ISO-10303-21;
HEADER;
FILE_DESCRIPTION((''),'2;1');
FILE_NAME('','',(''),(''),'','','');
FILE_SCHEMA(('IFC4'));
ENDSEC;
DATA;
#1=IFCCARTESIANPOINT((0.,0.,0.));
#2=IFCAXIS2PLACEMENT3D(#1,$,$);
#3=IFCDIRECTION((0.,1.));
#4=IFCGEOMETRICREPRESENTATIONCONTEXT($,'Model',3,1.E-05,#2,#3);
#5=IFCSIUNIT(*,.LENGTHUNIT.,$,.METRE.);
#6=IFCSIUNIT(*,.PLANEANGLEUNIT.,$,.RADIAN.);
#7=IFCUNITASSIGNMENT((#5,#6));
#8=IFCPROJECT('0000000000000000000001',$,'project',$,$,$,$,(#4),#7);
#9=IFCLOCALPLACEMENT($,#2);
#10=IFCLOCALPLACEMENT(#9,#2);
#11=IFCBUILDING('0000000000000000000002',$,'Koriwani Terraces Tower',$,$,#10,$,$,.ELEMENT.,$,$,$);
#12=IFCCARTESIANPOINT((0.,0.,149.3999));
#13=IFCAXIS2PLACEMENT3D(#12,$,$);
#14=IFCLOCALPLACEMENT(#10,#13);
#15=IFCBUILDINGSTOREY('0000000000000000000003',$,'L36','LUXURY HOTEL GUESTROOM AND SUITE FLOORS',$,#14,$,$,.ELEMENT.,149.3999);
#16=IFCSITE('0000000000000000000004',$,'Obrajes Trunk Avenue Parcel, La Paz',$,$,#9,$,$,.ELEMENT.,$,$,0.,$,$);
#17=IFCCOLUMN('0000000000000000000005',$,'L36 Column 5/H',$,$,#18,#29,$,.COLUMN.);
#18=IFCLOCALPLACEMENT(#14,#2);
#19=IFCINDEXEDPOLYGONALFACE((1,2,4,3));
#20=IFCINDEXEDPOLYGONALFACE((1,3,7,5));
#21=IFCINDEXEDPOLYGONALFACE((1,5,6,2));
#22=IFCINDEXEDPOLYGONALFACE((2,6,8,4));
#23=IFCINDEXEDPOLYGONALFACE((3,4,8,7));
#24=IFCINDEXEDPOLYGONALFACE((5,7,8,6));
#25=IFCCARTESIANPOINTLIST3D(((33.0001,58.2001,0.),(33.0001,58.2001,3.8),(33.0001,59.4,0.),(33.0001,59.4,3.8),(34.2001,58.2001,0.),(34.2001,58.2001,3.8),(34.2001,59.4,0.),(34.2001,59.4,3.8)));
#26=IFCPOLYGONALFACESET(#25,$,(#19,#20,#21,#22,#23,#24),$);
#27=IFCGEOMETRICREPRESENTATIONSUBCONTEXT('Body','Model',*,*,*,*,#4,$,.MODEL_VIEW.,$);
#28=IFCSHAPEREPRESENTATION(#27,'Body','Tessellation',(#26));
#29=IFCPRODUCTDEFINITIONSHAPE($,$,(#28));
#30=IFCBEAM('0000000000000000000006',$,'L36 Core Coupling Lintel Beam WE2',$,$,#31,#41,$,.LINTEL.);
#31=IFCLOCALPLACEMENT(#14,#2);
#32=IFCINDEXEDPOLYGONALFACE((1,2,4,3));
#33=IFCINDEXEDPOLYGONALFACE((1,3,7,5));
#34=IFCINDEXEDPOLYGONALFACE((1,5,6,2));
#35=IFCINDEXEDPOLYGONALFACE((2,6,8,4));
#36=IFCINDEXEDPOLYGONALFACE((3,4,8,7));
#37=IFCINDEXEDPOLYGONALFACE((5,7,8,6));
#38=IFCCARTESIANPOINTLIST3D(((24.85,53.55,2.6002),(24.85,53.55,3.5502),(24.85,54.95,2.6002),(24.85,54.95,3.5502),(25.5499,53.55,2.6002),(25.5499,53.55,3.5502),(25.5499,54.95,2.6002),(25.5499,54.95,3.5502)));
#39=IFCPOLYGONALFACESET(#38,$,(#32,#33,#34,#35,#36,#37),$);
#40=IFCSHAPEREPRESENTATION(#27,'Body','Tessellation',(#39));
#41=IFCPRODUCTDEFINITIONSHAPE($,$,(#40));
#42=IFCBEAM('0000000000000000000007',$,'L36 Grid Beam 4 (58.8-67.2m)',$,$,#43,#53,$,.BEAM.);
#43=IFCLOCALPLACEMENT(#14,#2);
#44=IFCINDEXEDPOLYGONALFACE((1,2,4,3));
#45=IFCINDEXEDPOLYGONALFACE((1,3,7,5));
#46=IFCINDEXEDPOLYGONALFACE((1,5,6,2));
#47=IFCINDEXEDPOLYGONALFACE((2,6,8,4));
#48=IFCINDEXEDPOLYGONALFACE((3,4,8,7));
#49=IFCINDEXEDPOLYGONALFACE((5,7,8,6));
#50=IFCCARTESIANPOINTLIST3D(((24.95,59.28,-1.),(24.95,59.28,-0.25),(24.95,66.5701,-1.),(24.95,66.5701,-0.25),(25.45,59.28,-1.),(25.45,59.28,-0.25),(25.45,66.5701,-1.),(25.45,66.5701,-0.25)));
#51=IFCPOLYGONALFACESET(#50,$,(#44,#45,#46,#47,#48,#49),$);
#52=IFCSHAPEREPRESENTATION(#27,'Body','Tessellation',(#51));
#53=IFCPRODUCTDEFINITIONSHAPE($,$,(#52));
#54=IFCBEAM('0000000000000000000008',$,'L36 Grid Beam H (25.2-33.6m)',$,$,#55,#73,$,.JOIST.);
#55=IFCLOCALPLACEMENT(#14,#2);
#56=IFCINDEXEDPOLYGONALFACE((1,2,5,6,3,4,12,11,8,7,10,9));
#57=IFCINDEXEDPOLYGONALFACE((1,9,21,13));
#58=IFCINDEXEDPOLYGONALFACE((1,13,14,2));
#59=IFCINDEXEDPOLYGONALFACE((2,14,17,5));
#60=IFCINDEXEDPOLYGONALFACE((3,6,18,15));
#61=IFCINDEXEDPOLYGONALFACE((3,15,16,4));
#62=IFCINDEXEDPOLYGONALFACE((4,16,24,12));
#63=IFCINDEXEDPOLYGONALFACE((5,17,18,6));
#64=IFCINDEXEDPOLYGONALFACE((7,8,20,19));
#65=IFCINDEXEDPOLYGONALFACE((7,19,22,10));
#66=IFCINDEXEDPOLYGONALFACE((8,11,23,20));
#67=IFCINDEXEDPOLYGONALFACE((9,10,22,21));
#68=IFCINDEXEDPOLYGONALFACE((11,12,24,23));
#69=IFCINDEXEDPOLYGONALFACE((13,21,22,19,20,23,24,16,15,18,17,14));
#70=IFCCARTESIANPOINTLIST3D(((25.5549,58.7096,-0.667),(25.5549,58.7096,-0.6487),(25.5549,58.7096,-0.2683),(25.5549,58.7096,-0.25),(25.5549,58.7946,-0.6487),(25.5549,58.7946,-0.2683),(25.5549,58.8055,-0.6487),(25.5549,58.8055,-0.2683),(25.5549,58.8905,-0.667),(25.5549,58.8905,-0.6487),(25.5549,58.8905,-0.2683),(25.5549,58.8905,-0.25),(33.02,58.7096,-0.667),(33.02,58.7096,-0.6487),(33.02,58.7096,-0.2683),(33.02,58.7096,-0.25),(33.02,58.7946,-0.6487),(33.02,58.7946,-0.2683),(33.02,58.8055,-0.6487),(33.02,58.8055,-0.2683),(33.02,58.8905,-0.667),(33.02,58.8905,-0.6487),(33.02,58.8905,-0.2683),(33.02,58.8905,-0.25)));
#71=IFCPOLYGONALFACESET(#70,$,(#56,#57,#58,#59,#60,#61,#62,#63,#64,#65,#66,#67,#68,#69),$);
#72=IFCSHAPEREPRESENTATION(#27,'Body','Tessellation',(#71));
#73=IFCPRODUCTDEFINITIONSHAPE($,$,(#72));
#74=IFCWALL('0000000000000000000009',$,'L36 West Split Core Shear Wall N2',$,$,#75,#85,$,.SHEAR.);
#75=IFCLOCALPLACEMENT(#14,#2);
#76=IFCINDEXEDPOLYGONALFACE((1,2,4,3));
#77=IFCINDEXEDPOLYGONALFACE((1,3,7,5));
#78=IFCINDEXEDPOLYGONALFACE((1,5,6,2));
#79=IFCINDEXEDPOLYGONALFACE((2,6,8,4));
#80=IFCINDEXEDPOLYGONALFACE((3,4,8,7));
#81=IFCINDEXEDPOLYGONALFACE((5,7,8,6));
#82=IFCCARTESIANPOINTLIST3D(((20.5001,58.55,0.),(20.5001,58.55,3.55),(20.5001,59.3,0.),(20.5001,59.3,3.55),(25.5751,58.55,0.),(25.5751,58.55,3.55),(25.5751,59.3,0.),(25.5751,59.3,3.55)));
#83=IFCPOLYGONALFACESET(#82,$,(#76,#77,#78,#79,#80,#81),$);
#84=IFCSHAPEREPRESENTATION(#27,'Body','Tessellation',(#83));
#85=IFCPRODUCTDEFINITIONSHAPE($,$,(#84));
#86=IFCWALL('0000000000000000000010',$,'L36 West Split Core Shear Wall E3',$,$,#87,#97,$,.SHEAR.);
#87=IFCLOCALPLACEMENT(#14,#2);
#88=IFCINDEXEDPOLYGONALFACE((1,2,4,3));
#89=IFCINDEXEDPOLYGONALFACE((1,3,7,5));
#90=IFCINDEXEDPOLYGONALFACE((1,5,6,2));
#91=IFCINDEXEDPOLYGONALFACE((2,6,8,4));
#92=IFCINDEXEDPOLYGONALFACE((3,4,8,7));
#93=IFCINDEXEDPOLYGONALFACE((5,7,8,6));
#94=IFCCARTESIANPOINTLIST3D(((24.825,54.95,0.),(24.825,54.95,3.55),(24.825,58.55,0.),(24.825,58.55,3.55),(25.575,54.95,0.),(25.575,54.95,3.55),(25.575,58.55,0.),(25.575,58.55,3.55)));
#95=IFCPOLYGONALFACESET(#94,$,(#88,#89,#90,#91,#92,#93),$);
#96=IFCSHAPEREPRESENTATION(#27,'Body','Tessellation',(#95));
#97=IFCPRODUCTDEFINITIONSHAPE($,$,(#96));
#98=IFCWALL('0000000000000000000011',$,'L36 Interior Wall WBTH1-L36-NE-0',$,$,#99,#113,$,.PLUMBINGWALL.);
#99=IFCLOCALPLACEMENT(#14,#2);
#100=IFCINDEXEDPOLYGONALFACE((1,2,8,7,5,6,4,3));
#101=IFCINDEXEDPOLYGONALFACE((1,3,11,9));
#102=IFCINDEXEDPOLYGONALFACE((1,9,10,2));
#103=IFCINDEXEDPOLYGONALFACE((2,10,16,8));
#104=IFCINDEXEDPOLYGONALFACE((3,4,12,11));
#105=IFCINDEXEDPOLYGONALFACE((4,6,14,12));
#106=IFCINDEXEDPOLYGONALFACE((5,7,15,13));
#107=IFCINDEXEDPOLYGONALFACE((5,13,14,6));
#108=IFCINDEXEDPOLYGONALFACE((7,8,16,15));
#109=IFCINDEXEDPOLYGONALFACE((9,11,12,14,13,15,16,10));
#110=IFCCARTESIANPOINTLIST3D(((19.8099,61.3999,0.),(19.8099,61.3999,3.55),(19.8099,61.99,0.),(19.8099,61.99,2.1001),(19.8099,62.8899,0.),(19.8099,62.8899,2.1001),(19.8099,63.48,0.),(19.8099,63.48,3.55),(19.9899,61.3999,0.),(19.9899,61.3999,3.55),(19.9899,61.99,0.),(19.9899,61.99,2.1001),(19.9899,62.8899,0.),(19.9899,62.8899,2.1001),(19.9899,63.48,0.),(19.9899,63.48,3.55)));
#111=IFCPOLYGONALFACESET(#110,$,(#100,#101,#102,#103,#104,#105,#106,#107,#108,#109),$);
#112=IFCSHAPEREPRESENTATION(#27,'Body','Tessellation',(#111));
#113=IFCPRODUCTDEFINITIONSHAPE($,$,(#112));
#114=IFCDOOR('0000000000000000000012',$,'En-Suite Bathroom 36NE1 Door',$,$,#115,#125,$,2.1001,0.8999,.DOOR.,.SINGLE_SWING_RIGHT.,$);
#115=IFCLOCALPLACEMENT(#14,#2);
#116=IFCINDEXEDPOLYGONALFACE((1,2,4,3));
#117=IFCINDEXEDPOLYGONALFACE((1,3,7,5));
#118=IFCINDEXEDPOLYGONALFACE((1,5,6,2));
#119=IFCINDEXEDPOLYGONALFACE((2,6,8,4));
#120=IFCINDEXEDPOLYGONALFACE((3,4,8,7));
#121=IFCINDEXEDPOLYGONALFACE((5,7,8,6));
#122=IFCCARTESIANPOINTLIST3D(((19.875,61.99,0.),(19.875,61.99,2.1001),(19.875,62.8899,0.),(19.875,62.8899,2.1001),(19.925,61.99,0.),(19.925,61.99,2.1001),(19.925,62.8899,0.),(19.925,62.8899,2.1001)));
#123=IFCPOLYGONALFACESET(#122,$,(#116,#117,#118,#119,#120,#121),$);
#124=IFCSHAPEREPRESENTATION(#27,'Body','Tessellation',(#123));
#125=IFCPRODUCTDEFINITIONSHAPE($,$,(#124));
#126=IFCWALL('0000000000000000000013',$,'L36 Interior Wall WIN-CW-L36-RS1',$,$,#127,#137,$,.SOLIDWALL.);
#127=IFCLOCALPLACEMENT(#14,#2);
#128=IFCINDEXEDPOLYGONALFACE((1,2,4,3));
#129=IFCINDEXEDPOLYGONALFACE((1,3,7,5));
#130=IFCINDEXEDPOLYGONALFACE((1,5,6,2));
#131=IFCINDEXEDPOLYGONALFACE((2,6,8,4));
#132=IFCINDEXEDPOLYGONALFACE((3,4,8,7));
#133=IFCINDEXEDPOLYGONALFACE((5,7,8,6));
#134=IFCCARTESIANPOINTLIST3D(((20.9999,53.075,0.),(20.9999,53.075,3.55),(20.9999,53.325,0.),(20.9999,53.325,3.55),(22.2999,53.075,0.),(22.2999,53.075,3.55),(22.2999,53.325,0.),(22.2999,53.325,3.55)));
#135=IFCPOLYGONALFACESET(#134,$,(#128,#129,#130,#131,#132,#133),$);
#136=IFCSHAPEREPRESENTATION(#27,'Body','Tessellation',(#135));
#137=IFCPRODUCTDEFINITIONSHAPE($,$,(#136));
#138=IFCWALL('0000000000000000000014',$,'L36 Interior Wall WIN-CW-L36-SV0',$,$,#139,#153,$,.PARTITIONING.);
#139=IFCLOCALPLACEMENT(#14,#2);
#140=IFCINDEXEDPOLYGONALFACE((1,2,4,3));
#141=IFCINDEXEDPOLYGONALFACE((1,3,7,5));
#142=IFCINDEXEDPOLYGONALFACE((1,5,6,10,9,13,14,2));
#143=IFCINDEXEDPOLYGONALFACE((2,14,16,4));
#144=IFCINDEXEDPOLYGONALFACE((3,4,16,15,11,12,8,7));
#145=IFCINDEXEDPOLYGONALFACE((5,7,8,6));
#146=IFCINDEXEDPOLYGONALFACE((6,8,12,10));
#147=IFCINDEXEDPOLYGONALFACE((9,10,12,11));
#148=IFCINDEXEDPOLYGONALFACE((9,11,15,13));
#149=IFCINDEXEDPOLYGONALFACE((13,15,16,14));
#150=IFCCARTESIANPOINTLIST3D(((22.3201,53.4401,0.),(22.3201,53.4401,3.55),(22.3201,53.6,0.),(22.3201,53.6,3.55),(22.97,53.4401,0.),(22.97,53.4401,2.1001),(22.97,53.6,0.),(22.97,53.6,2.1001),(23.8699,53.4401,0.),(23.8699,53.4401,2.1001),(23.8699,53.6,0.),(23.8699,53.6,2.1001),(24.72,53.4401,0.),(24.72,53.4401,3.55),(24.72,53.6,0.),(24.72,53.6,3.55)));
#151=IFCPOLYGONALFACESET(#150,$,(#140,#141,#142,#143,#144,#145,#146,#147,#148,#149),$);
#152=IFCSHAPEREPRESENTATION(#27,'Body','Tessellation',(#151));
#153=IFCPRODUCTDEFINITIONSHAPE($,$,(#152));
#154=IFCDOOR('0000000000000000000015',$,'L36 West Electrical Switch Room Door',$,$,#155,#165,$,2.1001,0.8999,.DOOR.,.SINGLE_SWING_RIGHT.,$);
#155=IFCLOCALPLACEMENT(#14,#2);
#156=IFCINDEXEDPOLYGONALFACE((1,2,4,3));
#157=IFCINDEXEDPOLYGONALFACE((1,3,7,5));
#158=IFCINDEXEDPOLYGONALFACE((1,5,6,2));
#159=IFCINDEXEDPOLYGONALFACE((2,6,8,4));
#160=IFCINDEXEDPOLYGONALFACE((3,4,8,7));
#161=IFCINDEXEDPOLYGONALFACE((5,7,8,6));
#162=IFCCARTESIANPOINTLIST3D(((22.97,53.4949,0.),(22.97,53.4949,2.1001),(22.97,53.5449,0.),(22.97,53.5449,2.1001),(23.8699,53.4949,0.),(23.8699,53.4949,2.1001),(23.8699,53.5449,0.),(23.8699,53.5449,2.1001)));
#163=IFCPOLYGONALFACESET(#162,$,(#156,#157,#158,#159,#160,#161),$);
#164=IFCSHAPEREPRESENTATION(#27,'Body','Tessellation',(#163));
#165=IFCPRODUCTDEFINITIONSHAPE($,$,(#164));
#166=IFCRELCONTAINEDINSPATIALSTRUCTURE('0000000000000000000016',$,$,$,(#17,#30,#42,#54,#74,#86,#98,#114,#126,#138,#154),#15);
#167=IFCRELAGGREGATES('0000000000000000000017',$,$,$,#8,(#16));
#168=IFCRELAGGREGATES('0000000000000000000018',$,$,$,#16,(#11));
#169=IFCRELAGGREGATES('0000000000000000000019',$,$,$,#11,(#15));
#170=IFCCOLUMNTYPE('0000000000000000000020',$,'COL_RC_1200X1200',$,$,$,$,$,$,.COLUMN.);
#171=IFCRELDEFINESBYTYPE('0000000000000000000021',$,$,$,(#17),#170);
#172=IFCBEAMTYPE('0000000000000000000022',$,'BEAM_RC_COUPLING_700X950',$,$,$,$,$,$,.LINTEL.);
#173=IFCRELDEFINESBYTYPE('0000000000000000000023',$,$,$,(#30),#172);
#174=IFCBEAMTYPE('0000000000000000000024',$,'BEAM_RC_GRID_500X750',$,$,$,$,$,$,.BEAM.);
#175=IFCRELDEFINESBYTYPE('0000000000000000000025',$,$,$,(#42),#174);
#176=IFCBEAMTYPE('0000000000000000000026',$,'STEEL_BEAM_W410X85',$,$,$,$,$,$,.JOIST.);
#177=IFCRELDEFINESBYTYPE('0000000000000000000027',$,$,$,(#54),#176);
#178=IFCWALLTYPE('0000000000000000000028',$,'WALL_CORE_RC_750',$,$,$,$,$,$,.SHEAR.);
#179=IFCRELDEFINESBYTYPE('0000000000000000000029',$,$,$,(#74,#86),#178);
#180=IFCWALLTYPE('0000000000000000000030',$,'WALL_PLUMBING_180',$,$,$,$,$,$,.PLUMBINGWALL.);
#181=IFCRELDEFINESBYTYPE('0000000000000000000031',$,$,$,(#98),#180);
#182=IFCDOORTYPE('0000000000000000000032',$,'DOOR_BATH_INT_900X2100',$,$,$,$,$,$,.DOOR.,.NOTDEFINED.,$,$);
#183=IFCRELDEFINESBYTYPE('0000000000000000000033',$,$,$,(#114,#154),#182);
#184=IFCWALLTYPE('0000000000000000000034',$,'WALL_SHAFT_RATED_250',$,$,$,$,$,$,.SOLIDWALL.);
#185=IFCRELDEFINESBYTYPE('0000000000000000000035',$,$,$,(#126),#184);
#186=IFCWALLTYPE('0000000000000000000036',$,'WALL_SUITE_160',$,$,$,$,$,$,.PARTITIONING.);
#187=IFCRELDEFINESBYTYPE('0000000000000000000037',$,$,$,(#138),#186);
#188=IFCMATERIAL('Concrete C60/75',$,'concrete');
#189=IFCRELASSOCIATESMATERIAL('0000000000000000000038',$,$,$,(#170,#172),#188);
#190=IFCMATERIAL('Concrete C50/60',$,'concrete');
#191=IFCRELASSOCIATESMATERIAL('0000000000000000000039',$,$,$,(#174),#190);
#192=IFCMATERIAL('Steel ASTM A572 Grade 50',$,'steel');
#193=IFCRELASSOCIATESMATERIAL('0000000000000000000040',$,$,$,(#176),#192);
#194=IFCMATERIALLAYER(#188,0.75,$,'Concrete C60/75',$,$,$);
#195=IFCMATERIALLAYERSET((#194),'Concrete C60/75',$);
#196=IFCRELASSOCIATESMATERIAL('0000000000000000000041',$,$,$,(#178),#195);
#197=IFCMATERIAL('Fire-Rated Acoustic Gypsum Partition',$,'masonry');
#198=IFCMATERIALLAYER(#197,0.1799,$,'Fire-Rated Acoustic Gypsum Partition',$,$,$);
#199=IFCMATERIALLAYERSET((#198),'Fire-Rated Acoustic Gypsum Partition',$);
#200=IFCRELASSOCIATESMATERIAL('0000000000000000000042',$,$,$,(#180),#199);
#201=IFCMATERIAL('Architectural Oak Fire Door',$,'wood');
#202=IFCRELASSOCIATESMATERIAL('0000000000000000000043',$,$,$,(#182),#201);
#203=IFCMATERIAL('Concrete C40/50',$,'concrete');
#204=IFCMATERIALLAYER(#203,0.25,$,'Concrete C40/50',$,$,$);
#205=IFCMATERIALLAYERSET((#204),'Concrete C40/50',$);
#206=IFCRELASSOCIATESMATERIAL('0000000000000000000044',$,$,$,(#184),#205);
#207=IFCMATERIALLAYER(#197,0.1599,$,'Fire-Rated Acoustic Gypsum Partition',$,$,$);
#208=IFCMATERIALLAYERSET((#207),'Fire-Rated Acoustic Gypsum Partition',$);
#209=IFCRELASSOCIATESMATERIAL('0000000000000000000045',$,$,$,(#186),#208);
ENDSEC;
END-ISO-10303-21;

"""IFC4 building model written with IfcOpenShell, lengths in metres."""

from ifc_helpers import new_model, si_unit, direction, frame, frame_2d, origin, origin_2d, place, context, subcontext, project, spatial, rectangle, i_section, extrude, material, layer, layer_set, material_profile, profile_set, type_object, element, fill, save


model = new_model("IFC4")

# Units and contexts
model_context = context("Model", 3, precision=1e-05, world=origin(), true_north=direction((0.0, 1.0)))
body_context = subcontext(model_context, "Body", "Model", "MODEL_VIEW")
ifc_project = project(units=[si_unit("LENGTHUNIT", "METRE"), si_unit("PLANEANGLEUNIT", "RADIAN")], contexts=[model_context])

# Site, building, storey
site_placement = place(None, origin())
site = spatial("IfcSite", under=ifc_project, at=site_placement, Name="Obrajes Trunk Avenue Parcel, La Paz", CompositionType="ELEMENT", RefElevation=0.0)
building_placement = place(site_placement, origin())
building = spatial("IfcBuilding", under=site, at=building_placement, Name="Koriwani Terraces Tower", CompositionType="ELEMENT")
storey_placement = place(building_placement, frame((0.0, 0.0, 149.3999)))
storey = spatial("IfcBuildingStorey", under=building, at=storey_placement, Name="L36", Description="LUXURY HOTEL GUESTROOM AND SUITE FLOORS", CompositionType="ELEMENT", Elevation=149.3999)

# Column
ifc_material_1 = material(Name="Concrete C60/75", Category="concrete")
ifc_material_profile_1 = material_profile(ifc_material_1, rectangle(XDim=1.2, YDim=1.2, at=origin_2d()), Name="Concrete C60/75", Category="LoadBearing")
ifc_profile_set_1 = profile_set([ifc_material_profile_1], Name="Concrete C60/75")
column_type = type_object("IfcColumnType", Name="COL_RC_1200X1200", PredefinedType="COLUMN", material=ifc_profile_set_1)
column_placement = place(storey_placement, frame((33.6001, 58.8, 0.0), z_axis=(0.0, 0.0, 1.0), x_axis=(1.0, 0.0, 0.0)))
element("IfcColumn", 1, at=column_placement, inside=storey, type_object=column_type, Name="L36 Column 5/H", PredefinedType="COLUMN", context=body_context, shape_type="SweptSolid", body=[
    extrude(rectangle(XDim=1.2, YDim=1.2, at=origin_2d()), origin(), (0.0, 0.0, 1.0), 3.8),
])

# Beams
ifc_material_profile_2 = material_profile(ifc_material_1, rectangle(XDim=0.7, YDim=0.95, at=origin_2d()), Name="Concrete C60/75", Category="LoadBearing")
ifc_profile_set_2 = profile_set([ifc_material_profile_2], Name="Concrete C60/75")
beam_type_1 = type_object("IfcBeamType", Name="BEAM_RC_COUPLING_700X950", PredefinedType="LINTEL", material=ifc_profile_set_2)
beam_1_placement = place(storey_placement, frame((25.2, 53.55, 3.0752), z_axis=(0.0, 1.0, 0.0), x_axis=(-1.0, 0.0, 0.0)))
element("IfcBeam", 2, at=beam_1_placement, inside=storey, type_object=beam_type_1, Name="L36 Core Coupling Lintel Beam WE2", PredefinedType="LINTEL", context=body_context, shape_type="SweptSolid", body=[
    extrude(rectangle(XDim=0.7, YDim=0.95, at=origin_2d()), origin(), (0.0, 0.0, 1.0), 1.3999),
])
ifc_material_2 = material(Name="Concrete C50/60", Category="concrete")
ifc_material_profile_3 = material_profile(ifc_material_2, rectangle(XDim=0.5, YDim=0.75, at=origin_2d()), Name="Concrete C50/60", Category="LoadBearing")
ifc_profile_set_3 = profile_set([ifc_material_profile_3], Name="Concrete C50/60")
beam_type_2 = type_object("IfcBeamType", Name="BEAM_RC_GRID_500X750", PredefinedType="BEAM", material=ifc_profile_set_3)
beam_2_placement = place(storey_placement, frame((25.2, 59.28, -0.625), z_axis=(0.0, 1.0, 0.0), x_axis=(-1.0, 0.0, 0.0)))
element("IfcBeam", 3, at=beam_2_placement, inside=storey, type_object=beam_type_2, Name="L36 Grid Beam 4 (58.8-67.2m)", PredefinedType="BEAM", context=body_context, shape_type="SweptSolid", body=[
    extrude(rectangle(XDim=0.5, YDim=0.75, at=origin_2d()), origin(), (0.0, 0.0, 1.0), 7.29),
])
ifc_material_3 = material(Name="Steel ASTM A572 Grade 50", Category="steel")
ifc_material_profile_4 = material_profile(ifc_material_3, i_section(OverallWidth=0.1809, OverallDepth=0.417, WebThickness=0.011, FlangeThickness=0.0183, at=origin_2d()), Name="Steel ASTM A572 Grade 50", Category="LoadBearing")
ifc_profile_set_4 = profile_set([ifc_material_profile_4], Name="Steel ASTM A572 Grade 50")
beam_type_3 = type_object("IfcBeamType", Name="STEEL_BEAM_W410X85", PredefinedType="JOIST", material=ifc_profile_set_4)
beam_3_placement = place(storey_placement, frame((25.5549, 58.8, -0.4585), z_axis=(1.0, 0.0, 0.0), x_axis=(0.0, 1.0, 0.0)))
element("IfcBeam", 4, at=beam_3_placement, inside=storey, type_object=beam_type_3, Name="L36 Grid Beam H (25.2-33.6m)", PredefinedType="JOIST", context=body_context, shape_type="SweptSolid", body=[
    extrude(i_section(OverallWidth=0.1809, OverallDepth=0.417, WebThickness=0.011, FlangeThickness=0.0183, at=origin_2d()), origin(), (0.0, 0.0, 1.0), 7.4651),
])

# Walls
ifc_layer_1 = layer(ifc_material_1, 0.75, Name="Concrete C60/75")
ifc_layer_set_1 = layer_set([ifc_layer_1], Name="Concrete C60/75")
wall_type_1 = type_object("IfcWallType", Name="WALL_CORE_RC_750", PredefinedType="SHEAR", material=ifc_layer_set_1)
wall_1_placement = place(storey_placement, frame((20.5, 58.925, 0.0), z_axis=(0.0, 0.0, 1.0), x_axis=(1.0, 0.0, 0.0)))
element("IfcWall", 5, at=wall_1_placement, inside=storey, type_object=wall_type_1, Name="L36 West Split Core Shear Wall N2", PredefinedType="SHEAR", context=body_context, shape_type="SweptSolid", body=[
    extrude(rectangle(XDim=5.075, YDim=0.75, at=frame_2d((2.5376, 0.0))), origin(), (0.0, 0.0, 1.0), 3.55),
])
wall_2_placement = place(storey_placement, frame((25.2, 54.95, 0.0), z_axis=(0.0, 0.0, 1.0), x_axis=(0.0, 1.0, 0.0)))
element("IfcWall", 6, at=wall_2_placement, inside=storey, type_object=wall_type_1, Name="L36 West Split Core Shear Wall E3", PredefinedType="SHEAR", context=body_context, shape_type="SweptSolid", body=[
    extrude(rectangle(XDim=3.6001, YDim=0.75, at=frame_2d((1.8, 0.0))), origin(), (0.0, 0.0, 1.0), 3.55),
])

# Shared definitions
ifc_material_4 = material(Name="Architectural Oak Fire Door", Category="wood")

# Wall, opening, door
ifc_material_5 = material(Name="Fire-Rated Acoustic Gypsum Partition", Category="masonry")
ifc_layer_2 = layer(ifc_material_5, 0.1799, Name="Fire-Rated Acoustic Gypsum Partition")
ifc_layer_set_2 = layer_set([ifc_layer_2], Name="Fire-Rated Acoustic Gypsum Partition")
wall_type_2 = type_object("IfcWallType", Name="WALL_PLUMBING_180", PredefinedType="PLUMBINGWALL", material=ifc_layer_set_2)
wall_3_placement = place(storey_placement, frame((19.8999, 61.3999, 0.0), z_axis=(0.0, 0.0, 1.0), x_axis=(0.0, 1.0, 0.0)))
wall_3 = element("IfcWall", 7, at=wall_3_placement, inside=storey, type_object=wall_type_2, Name="L36 Interior Wall WBTH1-L36-NE-0", PredefinedType="PLUMBINGWALL", context=body_context, shape_type="SweptSolid", body=[
    extrude(rectangle(XDim=2.0801, YDim=0.1799, at=frame_2d((1.04, 0.0))), origin(), (0.0, 0.0, 1.0), 3.55),
])
opening_1_placement = place(wall_3_placement, frame((0.5901, 0.0, 0.0)))
opening_1 = element("IfcOpeningElement", 8, at=opening_1_placement, cuts=wall_3, PredefinedType="OPENING", context=body_context, shape_type="SweptSolid", body=[
    extrude(rectangle(XDim=0.8999, YDim=2.1001, at=frame_2d((0.45, 1.05))), frame((0.0, 0.1001, 0.0), z_axis=(0.0, -1.0, 0.0), x_axis=(1.0, 0.0, 0.0)), (0.0, 0.0, 1.0), 0.2),
])
door_type_1 = type_object("IfcDoorType", Name="DOOR_BATH_INT_900X2100", OperationType="NOTDEFINED", PredefinedType="DOOR", material=ifc_material_4)
door_1_placement = place(opening_1_placement, origin())
door_1 = element("IfcDoor", 9, at=door_1_placement, inside=storey, type_object=door_type_1, Name="En-Suite Bathroom 36NE1 Door", OperationType="SINGLE_SWING_RIGHT", OverallHeight=2.1001, OverallWidth=0.8999, PredefinedType="DOOR", context=body_context, shape_type="SweptSolid", body=[
    extrude(rectangle(XDim=0.8999, YDim=2.1001, at=frame_2d((0.45, 1.05))), frame((0.0, 0.0249, 0.0), z_axis=(0.0, -1.0, 0.0), x_axis=(1.0, 0.0, 0.0)), (0.0, 0.0, 1.0), 0.05),
])
fill(opening_1, door_1)
ifc_material_6 = material(Name="Concrete C40/50", Category="concrete")
ifc_layer_3 = layer(ifc_material_6, 0.25, Name="Concrete C40/50")
ifc_layer_set_3 = layer_set([ifc_layer_3], Name="Concrete C40/50")
wall_type_3 = type_object("IfcWallType", Name="WALL_SHAFT_RATED_250", PredefinedType="SOLIDWALL", material=ifc_layer_set_3)

# Wall
wall_4_placement = place(storey_placement, frame((21.0, 53.2, 0.0), z_axis=(0.0, 0.0, 1.0), x_axis=(1.0, 0.0, 0.0)))
element("IfcWall", 10, at=wall_4_placement, inside=storey, type_object=wall_type_3, Name="L36 Interior Wall WIN-CW-L36-RS1", PredefinedType="SOLIDWALL", context=body_context, shape_type="SweptSolid", body=[
    extrude(rectangle(XDim=1.3, YDim=0.25, at=frame_2d((0.6499, 0.0))), origin(), (0.0, 0.0, 1.0), 3.55),
])

# Wall, opening, door
ifc_layer_4 = layer(ifc_material_5, 0.1599, Name="Fire-Rated Acoustic Gypsum Partition")
ifc_layer_set_4 = layer_set([ifc_layer_4], Name="Fire-Rated Acoustic Gypsum Partition")
wall_type_4 = type_object("IfcWallType", Name="WALL_SUITE_160", PredefinedType="PARTITIONING", material=ifc_layer_set_4)
wall_5_placement = place(storey_placement, frame((22.3201, 53.52, 0.0), z_axis=(0.0, 0.0, 1.0), x_axis=(1.0, 0.0, 0.0)))
wall_5 = element("IfcWall", 11, at=wall_5_placement, inside=storey, type_object=wall_type_4, Name="L36 Interior Wall WIN-CW-L36-SV0", PredefinedType="PARTITIONING", context=body_context, shape_type="SweptSolid", body=[
    extrude(rectangle(XDim=2.3999, YDim=0.1599, at=frame_2d((1.2, 0.0))), origin(), (0.0, 0.0, 1.0), 3.55),
])
opening_2_placement = place(wall_5_placement, frame((0.6499, 0.0, 0.0)))
opening_2 = element("IfcOpeningElement", 12, at=opening_2_placement, cuts=wall_5, PredefinedType="OPENING", context=body_context, shape_type="SweptSolid", body=[
    extrude(rectangle(XDim=0.8999, YDim=2.1001, at=frame_2d((0.45, 1.05))), frame((0.0, 0.0898, 0.0), z_axis=(0.0, -1.0, 0.0), x_axis=(1.0, 0.0, 0.0)), (0.0, 0.0, 1.0), 0.1799),
])
door_2_placement = place(opening_2_placement, origin())
door_2 = element("IfcDoor", 13, at=door_2_placement, inside=storey, type_object=door_type_1, Name="L36 West Electrical Switch Room Door", OperationType="SINGLE_SWING_RIGHT", OverallHeight=2.1001, OverallWidth=0.8999, PredefinedType="DOOR", context=body_context, shape_type="SweptSolid", body=[
    extrude(rectangle(XDim=0.8999, YDim=2.1001, at=frame_2d((0.45, 1.05))), frame((0.0, 0.0249, 0.0), z_axis=(0.0, -1.0, 0.0), x_axis=(1.0, 0.0, 0.0)), (0.0, 0.0, 1.0), 0.05),
])
fill(opening_2, door_2)

save(model, "model.ifc")
